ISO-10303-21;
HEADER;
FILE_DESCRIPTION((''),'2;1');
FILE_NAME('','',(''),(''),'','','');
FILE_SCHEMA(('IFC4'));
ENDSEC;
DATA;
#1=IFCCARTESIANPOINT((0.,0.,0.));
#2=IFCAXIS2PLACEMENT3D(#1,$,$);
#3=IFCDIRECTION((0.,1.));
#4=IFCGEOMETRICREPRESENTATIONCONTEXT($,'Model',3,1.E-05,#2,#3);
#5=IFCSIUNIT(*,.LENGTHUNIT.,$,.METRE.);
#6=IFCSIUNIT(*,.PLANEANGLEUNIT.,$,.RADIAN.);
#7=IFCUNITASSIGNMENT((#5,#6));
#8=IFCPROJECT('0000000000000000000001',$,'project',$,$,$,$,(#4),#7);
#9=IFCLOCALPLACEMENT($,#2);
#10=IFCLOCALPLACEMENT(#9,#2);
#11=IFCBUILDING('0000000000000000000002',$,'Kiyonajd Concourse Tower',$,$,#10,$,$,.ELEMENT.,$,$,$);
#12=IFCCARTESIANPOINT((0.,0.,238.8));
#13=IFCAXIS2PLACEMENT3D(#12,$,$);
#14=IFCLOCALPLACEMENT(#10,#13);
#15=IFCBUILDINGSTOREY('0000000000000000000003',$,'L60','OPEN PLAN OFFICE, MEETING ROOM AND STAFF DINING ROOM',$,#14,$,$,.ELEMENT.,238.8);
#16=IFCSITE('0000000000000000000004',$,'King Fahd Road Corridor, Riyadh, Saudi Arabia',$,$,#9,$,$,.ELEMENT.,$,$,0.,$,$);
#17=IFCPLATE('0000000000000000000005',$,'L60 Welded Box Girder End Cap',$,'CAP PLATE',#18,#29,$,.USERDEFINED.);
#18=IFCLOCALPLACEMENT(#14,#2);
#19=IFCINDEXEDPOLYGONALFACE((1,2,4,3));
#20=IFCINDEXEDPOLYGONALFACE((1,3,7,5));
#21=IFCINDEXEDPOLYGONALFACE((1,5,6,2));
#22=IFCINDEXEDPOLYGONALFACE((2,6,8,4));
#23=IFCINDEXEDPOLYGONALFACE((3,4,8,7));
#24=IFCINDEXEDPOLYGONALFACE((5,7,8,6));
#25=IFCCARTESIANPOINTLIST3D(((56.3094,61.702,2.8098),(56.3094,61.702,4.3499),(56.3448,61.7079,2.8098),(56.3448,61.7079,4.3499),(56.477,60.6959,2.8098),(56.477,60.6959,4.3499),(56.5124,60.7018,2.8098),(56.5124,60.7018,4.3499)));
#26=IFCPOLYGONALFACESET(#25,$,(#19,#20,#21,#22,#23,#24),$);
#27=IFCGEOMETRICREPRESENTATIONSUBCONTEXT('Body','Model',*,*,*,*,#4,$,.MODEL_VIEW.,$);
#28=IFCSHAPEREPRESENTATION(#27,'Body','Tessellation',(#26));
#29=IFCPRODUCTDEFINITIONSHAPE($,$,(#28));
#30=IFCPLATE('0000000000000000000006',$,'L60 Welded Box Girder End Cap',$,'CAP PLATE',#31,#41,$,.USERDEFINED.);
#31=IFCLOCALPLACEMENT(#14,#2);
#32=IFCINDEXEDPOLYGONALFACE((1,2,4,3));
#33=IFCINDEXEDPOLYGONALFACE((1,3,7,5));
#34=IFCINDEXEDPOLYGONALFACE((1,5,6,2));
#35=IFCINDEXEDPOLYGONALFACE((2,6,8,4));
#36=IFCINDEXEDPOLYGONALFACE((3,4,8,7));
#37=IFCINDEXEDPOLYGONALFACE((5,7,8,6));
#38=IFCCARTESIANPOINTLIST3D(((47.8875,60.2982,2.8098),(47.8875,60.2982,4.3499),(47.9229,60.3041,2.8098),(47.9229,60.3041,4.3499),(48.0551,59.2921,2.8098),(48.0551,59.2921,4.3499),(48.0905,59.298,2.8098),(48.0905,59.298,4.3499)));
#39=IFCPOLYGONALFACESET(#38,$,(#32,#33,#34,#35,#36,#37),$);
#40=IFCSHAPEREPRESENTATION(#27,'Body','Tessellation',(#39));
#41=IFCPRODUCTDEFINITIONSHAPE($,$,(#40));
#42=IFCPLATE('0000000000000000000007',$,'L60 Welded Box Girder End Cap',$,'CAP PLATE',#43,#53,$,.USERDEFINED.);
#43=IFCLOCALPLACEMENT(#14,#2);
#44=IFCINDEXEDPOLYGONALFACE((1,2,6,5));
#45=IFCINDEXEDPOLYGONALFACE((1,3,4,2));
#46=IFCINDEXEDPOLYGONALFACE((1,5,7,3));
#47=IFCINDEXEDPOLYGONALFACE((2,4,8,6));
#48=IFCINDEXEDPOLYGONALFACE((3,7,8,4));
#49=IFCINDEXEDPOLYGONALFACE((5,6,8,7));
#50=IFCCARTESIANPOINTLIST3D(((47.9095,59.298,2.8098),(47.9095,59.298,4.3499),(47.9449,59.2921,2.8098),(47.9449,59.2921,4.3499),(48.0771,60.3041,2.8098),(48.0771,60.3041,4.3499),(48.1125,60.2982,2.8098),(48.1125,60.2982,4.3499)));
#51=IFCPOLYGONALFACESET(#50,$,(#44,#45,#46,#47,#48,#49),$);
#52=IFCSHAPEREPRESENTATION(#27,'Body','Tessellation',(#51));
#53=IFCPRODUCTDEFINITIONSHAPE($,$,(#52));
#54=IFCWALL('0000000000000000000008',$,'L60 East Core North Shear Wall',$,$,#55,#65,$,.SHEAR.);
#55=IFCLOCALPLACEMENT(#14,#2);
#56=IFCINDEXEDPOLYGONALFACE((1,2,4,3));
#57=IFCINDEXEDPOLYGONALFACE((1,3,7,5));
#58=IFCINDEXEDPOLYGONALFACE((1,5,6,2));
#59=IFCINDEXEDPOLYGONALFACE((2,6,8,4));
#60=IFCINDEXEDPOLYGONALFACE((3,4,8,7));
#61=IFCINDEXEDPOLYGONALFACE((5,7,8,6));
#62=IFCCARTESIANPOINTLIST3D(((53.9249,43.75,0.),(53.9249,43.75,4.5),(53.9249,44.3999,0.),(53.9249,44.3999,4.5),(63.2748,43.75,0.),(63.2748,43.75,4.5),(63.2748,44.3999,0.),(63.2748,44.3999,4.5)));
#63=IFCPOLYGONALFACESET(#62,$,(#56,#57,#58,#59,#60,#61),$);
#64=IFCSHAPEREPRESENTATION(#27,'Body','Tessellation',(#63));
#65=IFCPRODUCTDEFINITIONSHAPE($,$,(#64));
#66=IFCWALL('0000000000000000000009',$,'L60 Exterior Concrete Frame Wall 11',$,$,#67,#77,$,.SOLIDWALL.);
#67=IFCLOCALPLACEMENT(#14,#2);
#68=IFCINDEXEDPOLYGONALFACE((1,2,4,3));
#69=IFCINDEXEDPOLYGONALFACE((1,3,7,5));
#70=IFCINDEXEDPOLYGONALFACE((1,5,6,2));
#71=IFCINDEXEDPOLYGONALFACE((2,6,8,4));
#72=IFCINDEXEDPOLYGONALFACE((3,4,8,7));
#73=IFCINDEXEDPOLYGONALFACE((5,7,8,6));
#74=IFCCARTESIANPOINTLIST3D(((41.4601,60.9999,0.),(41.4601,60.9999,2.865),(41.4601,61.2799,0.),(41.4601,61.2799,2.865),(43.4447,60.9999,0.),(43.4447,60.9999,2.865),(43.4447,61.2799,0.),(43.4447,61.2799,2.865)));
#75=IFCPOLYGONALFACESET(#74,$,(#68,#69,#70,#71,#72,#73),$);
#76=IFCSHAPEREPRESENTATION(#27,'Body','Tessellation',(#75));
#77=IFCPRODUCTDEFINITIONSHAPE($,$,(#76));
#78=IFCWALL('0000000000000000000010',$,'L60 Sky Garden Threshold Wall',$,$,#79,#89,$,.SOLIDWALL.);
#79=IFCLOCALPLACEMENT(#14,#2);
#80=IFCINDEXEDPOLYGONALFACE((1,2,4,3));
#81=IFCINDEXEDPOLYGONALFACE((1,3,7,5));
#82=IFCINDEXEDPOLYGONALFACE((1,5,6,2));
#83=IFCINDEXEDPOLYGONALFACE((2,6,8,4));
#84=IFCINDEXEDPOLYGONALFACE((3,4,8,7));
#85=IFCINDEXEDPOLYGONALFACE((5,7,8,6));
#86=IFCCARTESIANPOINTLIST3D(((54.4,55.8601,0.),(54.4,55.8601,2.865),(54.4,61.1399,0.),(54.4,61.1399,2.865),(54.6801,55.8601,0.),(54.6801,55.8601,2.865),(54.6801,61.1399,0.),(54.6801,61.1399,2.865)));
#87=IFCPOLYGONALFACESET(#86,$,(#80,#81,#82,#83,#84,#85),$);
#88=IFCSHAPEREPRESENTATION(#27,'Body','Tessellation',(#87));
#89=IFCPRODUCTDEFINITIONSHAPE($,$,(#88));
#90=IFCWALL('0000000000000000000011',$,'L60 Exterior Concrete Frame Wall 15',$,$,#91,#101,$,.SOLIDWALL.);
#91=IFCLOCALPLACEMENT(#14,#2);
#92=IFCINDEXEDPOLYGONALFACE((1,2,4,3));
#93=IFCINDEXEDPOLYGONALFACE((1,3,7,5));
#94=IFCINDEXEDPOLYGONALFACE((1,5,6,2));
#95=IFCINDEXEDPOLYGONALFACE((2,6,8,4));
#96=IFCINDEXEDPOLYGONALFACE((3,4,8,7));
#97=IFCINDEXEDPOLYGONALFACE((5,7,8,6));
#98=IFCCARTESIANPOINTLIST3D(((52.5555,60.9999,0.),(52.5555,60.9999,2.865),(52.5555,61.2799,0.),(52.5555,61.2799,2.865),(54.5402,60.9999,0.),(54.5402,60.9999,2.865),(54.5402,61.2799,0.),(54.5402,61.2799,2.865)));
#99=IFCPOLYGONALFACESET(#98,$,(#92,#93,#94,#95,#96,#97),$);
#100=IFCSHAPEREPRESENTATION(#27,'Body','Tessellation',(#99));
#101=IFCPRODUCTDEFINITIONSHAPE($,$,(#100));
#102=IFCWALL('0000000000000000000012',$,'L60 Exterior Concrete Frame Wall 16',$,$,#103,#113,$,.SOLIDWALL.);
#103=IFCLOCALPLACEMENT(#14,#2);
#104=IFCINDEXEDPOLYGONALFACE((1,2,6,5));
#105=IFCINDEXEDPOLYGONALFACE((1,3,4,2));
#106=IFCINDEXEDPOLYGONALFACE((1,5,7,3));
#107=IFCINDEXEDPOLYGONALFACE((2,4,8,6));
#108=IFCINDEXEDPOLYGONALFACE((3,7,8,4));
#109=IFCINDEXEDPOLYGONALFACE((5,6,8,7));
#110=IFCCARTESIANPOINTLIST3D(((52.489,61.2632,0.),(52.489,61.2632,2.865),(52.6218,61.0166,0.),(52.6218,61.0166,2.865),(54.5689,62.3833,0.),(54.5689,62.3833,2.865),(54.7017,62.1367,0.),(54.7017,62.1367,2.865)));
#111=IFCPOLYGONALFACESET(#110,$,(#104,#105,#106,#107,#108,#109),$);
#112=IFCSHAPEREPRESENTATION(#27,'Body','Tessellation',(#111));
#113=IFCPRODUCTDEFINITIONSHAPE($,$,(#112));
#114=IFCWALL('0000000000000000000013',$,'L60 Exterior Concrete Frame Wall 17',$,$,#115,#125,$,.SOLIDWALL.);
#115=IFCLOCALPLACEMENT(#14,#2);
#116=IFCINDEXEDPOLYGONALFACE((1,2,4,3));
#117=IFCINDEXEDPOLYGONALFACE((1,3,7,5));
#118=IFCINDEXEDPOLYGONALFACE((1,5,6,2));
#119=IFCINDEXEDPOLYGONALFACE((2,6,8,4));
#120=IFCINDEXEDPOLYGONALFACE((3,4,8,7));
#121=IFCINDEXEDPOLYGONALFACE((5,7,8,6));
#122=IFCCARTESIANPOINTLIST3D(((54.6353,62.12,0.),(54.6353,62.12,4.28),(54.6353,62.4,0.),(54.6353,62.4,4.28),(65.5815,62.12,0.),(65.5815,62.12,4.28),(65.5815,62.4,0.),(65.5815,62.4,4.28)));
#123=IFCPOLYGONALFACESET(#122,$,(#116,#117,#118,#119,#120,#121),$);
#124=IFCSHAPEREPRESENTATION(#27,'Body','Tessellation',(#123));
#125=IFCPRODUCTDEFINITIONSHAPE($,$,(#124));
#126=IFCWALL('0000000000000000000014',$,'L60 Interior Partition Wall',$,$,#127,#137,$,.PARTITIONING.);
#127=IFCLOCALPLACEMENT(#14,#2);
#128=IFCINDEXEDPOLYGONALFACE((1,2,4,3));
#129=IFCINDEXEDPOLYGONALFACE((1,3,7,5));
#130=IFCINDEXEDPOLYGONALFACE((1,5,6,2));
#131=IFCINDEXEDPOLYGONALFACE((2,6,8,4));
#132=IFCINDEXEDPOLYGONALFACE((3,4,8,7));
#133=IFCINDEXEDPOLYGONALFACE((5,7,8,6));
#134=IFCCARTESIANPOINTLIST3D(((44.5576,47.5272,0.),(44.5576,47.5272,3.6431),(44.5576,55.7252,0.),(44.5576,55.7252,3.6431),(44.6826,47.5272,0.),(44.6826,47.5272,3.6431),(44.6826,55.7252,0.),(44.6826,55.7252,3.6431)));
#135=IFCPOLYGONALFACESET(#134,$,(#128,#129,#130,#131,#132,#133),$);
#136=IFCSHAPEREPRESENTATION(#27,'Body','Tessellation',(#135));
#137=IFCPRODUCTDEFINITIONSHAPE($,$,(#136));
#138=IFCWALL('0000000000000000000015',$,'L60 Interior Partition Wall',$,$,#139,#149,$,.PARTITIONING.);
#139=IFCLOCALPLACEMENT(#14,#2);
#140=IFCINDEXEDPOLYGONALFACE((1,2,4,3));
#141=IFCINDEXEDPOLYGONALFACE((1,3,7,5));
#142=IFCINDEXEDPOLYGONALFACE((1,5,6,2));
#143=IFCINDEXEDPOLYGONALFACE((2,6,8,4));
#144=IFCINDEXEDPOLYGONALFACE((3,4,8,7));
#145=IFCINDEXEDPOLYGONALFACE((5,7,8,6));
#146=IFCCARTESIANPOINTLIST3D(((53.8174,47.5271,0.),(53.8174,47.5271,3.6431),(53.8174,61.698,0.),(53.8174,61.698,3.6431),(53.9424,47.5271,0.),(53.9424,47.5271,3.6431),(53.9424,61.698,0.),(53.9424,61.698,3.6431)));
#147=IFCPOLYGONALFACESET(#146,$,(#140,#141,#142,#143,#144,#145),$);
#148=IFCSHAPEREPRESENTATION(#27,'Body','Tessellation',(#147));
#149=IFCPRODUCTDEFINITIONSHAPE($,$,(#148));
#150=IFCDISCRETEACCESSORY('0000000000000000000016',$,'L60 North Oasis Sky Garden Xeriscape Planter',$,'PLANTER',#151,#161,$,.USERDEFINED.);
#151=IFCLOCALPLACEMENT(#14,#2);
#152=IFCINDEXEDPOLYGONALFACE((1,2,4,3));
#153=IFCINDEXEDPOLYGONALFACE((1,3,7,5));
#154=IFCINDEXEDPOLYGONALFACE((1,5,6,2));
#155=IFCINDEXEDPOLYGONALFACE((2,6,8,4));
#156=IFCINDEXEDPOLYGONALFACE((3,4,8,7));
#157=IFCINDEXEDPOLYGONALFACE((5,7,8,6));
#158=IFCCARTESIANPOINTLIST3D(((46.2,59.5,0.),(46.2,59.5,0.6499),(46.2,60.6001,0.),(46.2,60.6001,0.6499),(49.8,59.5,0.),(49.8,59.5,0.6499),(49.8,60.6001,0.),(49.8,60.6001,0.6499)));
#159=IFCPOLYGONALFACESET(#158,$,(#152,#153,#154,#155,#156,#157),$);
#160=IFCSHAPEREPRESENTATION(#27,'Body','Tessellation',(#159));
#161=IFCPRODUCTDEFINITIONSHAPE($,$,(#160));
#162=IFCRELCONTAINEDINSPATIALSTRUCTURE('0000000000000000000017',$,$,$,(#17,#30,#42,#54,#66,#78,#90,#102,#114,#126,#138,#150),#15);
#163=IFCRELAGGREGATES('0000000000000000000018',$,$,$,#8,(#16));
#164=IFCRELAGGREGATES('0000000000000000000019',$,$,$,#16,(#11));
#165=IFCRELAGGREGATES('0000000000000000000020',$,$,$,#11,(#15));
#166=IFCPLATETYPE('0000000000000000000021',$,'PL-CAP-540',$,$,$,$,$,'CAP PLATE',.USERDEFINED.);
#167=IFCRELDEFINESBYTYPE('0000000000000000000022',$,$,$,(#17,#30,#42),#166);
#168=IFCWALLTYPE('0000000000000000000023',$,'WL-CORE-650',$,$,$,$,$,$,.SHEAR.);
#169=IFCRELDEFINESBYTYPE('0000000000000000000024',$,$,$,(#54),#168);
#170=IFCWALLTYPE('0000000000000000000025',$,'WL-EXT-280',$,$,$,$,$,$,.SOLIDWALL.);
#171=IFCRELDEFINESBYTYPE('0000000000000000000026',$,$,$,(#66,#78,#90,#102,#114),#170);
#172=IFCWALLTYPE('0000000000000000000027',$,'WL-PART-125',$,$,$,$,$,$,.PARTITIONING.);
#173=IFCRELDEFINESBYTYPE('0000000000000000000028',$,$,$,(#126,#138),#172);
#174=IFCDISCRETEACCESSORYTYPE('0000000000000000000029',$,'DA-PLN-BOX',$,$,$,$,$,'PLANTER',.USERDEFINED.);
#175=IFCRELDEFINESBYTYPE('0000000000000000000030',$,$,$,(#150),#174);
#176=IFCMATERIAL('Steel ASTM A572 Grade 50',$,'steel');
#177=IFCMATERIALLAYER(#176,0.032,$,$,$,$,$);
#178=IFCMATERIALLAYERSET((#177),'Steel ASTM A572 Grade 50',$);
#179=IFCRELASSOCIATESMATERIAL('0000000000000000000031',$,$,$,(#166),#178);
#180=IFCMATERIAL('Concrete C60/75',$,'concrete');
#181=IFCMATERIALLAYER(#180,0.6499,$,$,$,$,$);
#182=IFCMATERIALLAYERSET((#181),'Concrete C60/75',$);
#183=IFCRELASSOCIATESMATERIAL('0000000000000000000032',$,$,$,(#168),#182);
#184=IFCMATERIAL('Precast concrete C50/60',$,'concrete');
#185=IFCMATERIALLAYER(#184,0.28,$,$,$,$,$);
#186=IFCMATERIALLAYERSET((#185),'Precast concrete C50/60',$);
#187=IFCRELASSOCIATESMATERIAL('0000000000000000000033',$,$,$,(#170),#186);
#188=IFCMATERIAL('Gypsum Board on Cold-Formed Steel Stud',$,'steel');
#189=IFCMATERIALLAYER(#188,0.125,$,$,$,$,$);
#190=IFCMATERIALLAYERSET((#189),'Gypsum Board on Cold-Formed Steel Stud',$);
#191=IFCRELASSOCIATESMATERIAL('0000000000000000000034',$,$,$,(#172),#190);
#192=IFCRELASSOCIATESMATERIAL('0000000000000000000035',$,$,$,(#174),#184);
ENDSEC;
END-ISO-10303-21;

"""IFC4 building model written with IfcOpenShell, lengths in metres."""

from ifc_helpers import new_model, si_unit, direction, frame, frame_2d, origin, origin_2d, place, context, subcontext, project, spatial, rectangle, extrude, material, layer, layer_set, type_object, element, save


model = new_model("IFC4")

# Units and contexts
model_context = context("Model", 3, precision=1e-05, world=origin(), true_north=direction((0.0, 1.0)))
body_context = subcontext(model_context, "Body", "Model", "MODEL_VIEW")
ifc_project = project(units=[si_unit("LENGTHUNIT", "METRE"), si_unit("PLANEANGLEUNIT", "RADIAN")], contexts=[model_context])

# Site, building, storey
site_placement = place(None, origin())
site = spatial("IfcSite", under=ifc_project, at=site_placement, Name="King Fahd Road Corridor, Riyadh, Saudi Arabia", CompositionType="ELEMENT", RefElevation=0.0)
building_placement = place(site_placement, origin())
building = spatial("IfcBuilding", under=site, at=building_placement, Name="Kiyonajd Concourse Tower", CompositionType="ELEMENT")
storey_placement = place(building_placement, frame((0.0, 0.0, 238.8)))
storey = spatial("IfcBuildingStorey", under=building, at=storey_placement, Name="L60", Description="OPEN PLAN OFFICE, MEETING ROOM AND STAFF DINING ROOM", CompositionType="ELEMENT", Elevation=238.8)

# Shared definitions
ifc_material_1 = material(Name="Concrete C60/75", Category="concrete")

# Shared definitions
ifc_material_2 = material(Name="Steel ASTM A572 Grade 50", Category="steel")

# Plates
ifc_layer_1 = layer(ifc_material_2, 0.032)
ifc_layer_set_1 = layer_set([ifc_layer_1], Name="Steel ASTM A572 Grade 50")
plate_type = type_object("IfcPlateType", Name="PL-CAP-540", ElementType="CAP PLATE", PredefinedType="USERDEFINED", material=ifc_layer_set_1)
for number, where, z_axis, x_axis, name in (
    (1, (56.4109, 61.2019, 2.8098), (0.0, 0.0, 1.0), (0.986401, 0.164359, 0.0), "L60 Welded Box Girder End Cap"),
    (2, (47.989, 59.7981, 2.8098), (0.0, 0.0, 1.0), (-0.986401, -0.164359, 0.0), "L60 Welded Box Girder End Cap"),
    (3, (48.011, 59.7981, 2.8098), (0.0, 0.0, 1.0), (0.986401, -0.164359, 0.0), "L60 Welded Box Girder End Cap"),
):
    element("IfcPlate", number, at=place(storey_placement, frame(where, z_axis=z_axis, x_axis=x_axis)), inside=storey, type_object=plate_type, Name=name, ObjectType="CAP PLATE", PredefinedType="USERDEFINED", context=body_context, shape_type="SweptSolid", body=[
        extrude(rectangle(XDim=0.0359, YDim=1.02, at=origin_2d()), origin(), (0.0, 0.0, 1.0), 1.54),
    ])

# Walls
ifc_layer_2 = layer(ifc_material_1, 0.6499)
ifc_layer_set_2 = layer_set([ifc_layer_2], Name="Concrete C60/75")
wall_type_1 = type_object("IfcWallType", Name="WL-CORE-650", PredefinedType="SHEAR", material=ifc_layer_set_2)
wall_1_placement = place(storey_placement, frame((53.925, 44.075, 0.0), z_axis=(0.0, 0.0, 1.0), x_axis=(1.0, 0.0, 0.0)))
element("IfcWall", 4, at=wall_1_placement, inside=storey, type_object=wall_type_1, Name="L60 East Core North Shear Wall", PredefinedType="SHEAR", context=body_context, shape_type="SweptSolid", body=[
    extrude(rectangle(XDim=9.3499, YDim=0.6499, at=frame_2d((4.6748, 0.0))), origin(), (0.0, 0.0, 1.0), 4.5),
])
ifc_material_3 = material(Name="Precast concrete C50/60", Category="concrete")
ifc_layer_3 = layer(ifc_material_3, 0.28)
ifc_layer_set_3 = layer_set([ifc_layer_3], Name="Precast concrete C50/60")
wall_type_2 = type_object("IfcWallType", Name="WL-EXT-280", PredefinedType="SOLIDWALL", material=ifc_layer_set_3)
wall_2_placement = place(storey_placement, frame((43.4446, 61.1399, 0.0), z_axis=(0.0, 0.0, 1.0), x_axis=(-1.0, 0.0, 0.0)))
element("IfcWall", 5, at=wall_2_placement, inside=storey, type_object=wall_type_2, Name="L60 Exterior Concrete Frame Wall 11", PredefinedType="SOLIDWALL", context=body_context, shape_type="SweptSolid", body=[
    extrude(rectangle(XDim=1.9846, YDim=0.28, at=frame_2d((0.9922, 0.0))), origin(), (0.0, 0.0, 1.0), 2.865),
])
wall_3_placement = place(storey_placement, frame((54.54, 55.8601, 0.0), z_axis=(0.0, 0.0, 1.0), x_axis=(0.0, 1.0, 0.0)))
element("IfcWall", 6, at=wall_3_placement, inside=storey, type_object=wall_type_2, Name="L60 Sky Garden Threshold Wall", PredefinedType="SOLIDWALL", context=body_context, shape_type="SweptSolid", body=[
    extrude(rectangle(XDim=5.2798, YDim=0.28, at=frame_2d((2.6399, 0.0))), origin(), (0.0, 0.0, 1.0), 2.865),
])
wall_4_placement = place(storey_placement, frame((54.54, 61.1399, 0.0), z_axis=(0.0, 0.0, 1.0), x_axis=(-1.0, 0.0, 0.0)))
element("IfcWall", 7, at=wall_4_placement, inside=storey, type_object=wall_type_2, Name="L60 Exterior Concrete Frame Wall 15", PredefinedType="SOLIDWALL", context=body_context, shape_type="SweptSolid", body=[
    extrude(rectangle(XDim=1.9846, YDim=0.28, at=frame_2d((0.9922, 0.0))), origin(), (0.0, 0.0, 1.0), 2.865),
])
wall_5_placement = place(storey_placement, frame((52.5554, 61.1399, 0.0), z_axis=(0.0, 0.0, 1.0), x_axis=(0.880435, 0.474168, 0.0)))
element("IfcWall", 8, at=wall_5_placement, inside=storey, type_object=wall_type_2, Name="L60 Exterior Concrete Frame Wall 16", PredefinedType="SOLIDWALL", context=body_context, shape_type="SweptSolid", body=[
    extrude(rectangle(XDim=2.3623, YDim=0.28, at=frame_2d((1.1812, 0.0))), origin(), (0.0, 0.0, 1.0), 2.865),
])
wall_6_placement = place(storey_placement, frame((54.6353, 62.26, 0.0), z_axis=(0.0, 0.0, 1.0), x_axis=(1.0, 0.0, 0.0)))
element("IfcWall", 9, at=wall_6_placement, inside=storey, type_object=wall_type_2, Name="L60 Exterior Concrete Frame Wall 17", PredefinedType="SOLIDWALL", context=body_context, shape_type="SweptSolid", body=[
    extrude(rectangle(XDim=10.9463, YDim=0.28, at=frame_2d((5.4731, 0.0))), origin(), (0.0, 0.0, 1.0), 4.28),
])
ifc_material_4 = material(Name="Gypsum Board on Cold-Formed Steel Stud", Category="steel")
ifc_layer_4 = layer(ifc_material_4, 0.125)
ifc_layer_set_4 = layer_set([ifc_layer_4], Name="Gypsum Board on Cold-Formed Steel Stud")
wall_type_3 = type_object("IfcWallType", Name="WL-PART-125", PredefinedType="PARTITIONING", material=ifc_layer_set_4)
wall_7_placement = place(storey_placement, frame((44.6201, 47.5271, 0.0), z_axis=(0.0, 0.0, 1.0), x_axis=(0.0, 1.0, 0.0)))
element("IfcWall", 10, at=wall_7_placement, inside=storey, type_object=wall_type_3, Name="L60 Interior Partition Wall", PredefinedType="PARTITIONING", context=body_context, shape_type="SweptSolid", body=[
    extrude(rectangle(XDim=8.198, YDim=0.125, at=frame_2d((4.0991, 0.0))), origin(), (0.0, 0.0, 1.0), 3.6431),
])
wall_8_placement = place(storey_placement, frame((53.8799, 47.5271, 0.0), z_axis=(0.0, 0.0, 1.0), x_axis=(0.0, 1.0, 0.0)))
element("IfcWall", 11, at=wall_8_placement, inside=storey, type_object=wall_type_3, Name="L60 Interior Partition Wall", PredefinedType="PARTITIONING", context=body_context, shape_type="SweptSolid", body=[
    extrude(rectangle(XDim=14.1709, YDim=0.125, at=frame_2d((7.0854, 0.0))), origin(), (0.0, 0.0, 1.0), 3.6431),
])

# Discrete accessory
discrete_accessory_type = type_object("IfcDiscreteAccessoryType", Name="DA-PLN-BOX", ElementType="PLANTER", PredefinedType="USERDEFINED", material=ifc_material_3)
discrete_accessory_placement = place(storey_placement, frame((48.0, 60.05, 0.0), z_axis=(0.0, 0.0, 1.0), x_axis=(1.0, 0.0, 0.0)))
element("IfcDiscreteAccessory", 12, at=discrete_accessory_placement, inside=storey, type_object=discrete_accessory_type, Name="L60 North Oasis Sky Garden Xeriscape Planter", ObjectType="PLANTER", PredefinedType="USERDEFINED", context=body_context, shape_type="SweptSolid", body=[
    extrude(rectangle(XDim=3.6001, YDim=1.1001, at=origin_2d()), origin(), (0.0, 0.0, 1.0), 0.6499),
])

save(model, "model.ifc")
